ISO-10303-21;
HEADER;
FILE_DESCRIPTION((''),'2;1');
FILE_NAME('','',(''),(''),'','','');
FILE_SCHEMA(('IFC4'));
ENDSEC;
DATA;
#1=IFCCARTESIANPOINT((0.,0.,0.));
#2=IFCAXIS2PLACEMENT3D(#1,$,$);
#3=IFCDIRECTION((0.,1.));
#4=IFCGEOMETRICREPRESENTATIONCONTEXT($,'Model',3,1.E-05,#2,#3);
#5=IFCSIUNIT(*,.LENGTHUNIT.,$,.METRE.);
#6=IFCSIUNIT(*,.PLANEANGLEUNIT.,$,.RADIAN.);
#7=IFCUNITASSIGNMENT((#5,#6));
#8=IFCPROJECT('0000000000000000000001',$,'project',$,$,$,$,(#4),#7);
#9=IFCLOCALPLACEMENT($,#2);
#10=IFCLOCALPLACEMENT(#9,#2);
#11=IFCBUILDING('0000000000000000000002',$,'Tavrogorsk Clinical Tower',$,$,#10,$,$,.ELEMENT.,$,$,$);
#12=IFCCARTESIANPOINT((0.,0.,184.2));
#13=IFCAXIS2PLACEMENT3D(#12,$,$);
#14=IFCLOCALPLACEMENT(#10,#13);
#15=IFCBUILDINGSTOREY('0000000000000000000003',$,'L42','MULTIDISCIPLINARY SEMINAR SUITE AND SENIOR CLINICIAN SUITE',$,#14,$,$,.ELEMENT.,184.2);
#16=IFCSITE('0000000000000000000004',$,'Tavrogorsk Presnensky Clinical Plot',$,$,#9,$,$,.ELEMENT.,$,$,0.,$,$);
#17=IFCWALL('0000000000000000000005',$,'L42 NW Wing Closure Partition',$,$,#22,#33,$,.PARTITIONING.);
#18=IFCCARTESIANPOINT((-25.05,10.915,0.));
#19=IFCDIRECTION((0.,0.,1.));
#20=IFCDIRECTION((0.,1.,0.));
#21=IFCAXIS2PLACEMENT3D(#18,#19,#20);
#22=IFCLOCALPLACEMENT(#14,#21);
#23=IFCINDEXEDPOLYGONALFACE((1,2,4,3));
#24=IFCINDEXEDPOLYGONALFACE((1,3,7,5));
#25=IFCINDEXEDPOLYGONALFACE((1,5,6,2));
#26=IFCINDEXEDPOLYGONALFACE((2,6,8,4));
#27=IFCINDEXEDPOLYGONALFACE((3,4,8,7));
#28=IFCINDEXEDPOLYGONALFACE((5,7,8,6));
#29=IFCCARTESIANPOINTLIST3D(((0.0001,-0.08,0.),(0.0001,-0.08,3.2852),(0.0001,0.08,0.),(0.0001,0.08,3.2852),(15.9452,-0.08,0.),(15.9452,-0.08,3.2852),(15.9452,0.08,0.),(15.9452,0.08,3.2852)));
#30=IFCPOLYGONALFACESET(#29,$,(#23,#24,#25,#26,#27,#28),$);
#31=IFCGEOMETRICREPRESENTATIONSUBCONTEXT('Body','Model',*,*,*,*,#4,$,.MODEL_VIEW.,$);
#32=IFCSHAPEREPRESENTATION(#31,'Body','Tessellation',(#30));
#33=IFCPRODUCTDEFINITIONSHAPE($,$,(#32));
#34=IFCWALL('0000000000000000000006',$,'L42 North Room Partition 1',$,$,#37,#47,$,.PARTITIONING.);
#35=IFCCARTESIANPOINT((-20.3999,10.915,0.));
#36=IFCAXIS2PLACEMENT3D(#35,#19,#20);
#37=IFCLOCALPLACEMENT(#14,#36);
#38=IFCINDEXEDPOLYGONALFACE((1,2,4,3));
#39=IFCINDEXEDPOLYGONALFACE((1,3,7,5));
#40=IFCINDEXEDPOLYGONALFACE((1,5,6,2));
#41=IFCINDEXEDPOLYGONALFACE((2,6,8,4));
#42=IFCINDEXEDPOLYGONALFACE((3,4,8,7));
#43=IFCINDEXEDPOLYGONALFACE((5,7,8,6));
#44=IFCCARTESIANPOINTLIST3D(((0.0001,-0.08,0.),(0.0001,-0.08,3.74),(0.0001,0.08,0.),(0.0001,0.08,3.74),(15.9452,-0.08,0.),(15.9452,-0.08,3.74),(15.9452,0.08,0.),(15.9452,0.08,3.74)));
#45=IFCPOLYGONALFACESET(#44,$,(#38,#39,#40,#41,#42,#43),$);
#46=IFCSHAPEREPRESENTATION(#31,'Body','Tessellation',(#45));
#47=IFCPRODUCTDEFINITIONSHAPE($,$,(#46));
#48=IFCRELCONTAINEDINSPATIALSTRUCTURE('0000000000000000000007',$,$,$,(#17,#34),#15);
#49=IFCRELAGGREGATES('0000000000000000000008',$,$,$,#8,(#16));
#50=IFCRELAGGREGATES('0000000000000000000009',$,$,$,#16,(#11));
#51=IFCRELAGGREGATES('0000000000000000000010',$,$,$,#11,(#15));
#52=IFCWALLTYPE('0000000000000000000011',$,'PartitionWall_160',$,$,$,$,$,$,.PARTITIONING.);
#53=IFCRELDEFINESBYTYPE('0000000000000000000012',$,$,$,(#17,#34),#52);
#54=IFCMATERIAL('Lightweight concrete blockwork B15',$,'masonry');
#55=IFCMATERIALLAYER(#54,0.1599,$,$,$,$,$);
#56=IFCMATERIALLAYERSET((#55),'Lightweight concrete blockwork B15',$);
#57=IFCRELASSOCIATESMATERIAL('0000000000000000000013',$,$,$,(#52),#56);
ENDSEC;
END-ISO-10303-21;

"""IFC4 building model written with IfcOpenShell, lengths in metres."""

from ifc_helpers import new_model, si_unit, direction, frame, frame_2d, origin, place, context, subcontext, project, spatial, rectangle, extrude, material, layer, layer_set, type_object, element, save


model = new_model("IFC4")

# Units and contexts
model_context = context("Model", 3, precision=1e-05, world=origin(), true_north=direction((0.0, 1.0)))
body_context = subcontext(model_context, "Body", "Model", "MODEL_VIEW")
ifc_project = project(units=[si_unit("LENGTHUNIT", "METRE"), si_unit("PLANEANGLEUNIT", "RADIAN")], contexts=[model_context])

# Site, building, storey
site_placement = place(None, origin())
site = spatial("IfcSite", under=ifc_project, at=site_placement, Name="Tavrogorsk Presnensky Clinical Plot", CompositionType="ELEMENT", RefElevation=0.0)
building_placement = place(site_placement, origin())
building = spatial("IfcBuilding", under=site, at=building_placement, Name="Tavrogorsk Clinical Tower", CompositionType="ELEMENT")
storey_placement = place(building_placement, frame((0.0, 0.0, 184.2)))
storey = spatial("IfcBuildingStorey", under=building, at=storey_placement, Name="L42", Description="MULTIDISCIPLINARY SEMINAR SUITE AND SENIOR CLINICIAN SUITE", CompositionType="ELEMENT", Elevation=184.2)

# Shared definitions
ifc_material_1 = material(Name="Lightweight concrete blockwork B15", Category="masonry")
ifc_layer_1 = layer(ifc_material_1, 0.1599)
ifc_layer_set_1 = layer_set([ifc_layer_1], Name="Lightweight concrete blockwork B15")
wall_type_1 = type_object("IfcWallType", Name="PartitionWall_160", PredefinedType="PARTITIONING", material=ifc_layer_set_1)

# Walls
wall_1_placement = place(storey_placement, frame((-25.05, 10.915, 0.0), z_axis=(0.0, 0.0, 1.0), x_axis=(0.0, 1.0, 0.0)))
element("IfcWall", 1, at=wall_1_placement, inside=storey, type_object=wall_type_1, Name="L42 NW Wing Closure Partition", PredefinedType="PARTITIONING", context=body_context, shape_type="SweptSolid", body=[
    extrude(rectangle(XDim=15.9451, YDim=0.1599, at=frame_2d((7.9727, 0.0))), origin(), (0.0, 0.0, 1.0), 3.2852),
])
wall_2_placement = place(storey_placement, frame((-20.3999, 10.915, 0.0), z_axis=(0.0, 0.0, 1.0), x_axis=(0.0, 1.0, 0.0)))
element("IfcWall", 2, at=wall_2_placement, inside=storey, type_object=wall_type_1, Name="L42 North Room Partition 1", PredefinedType="PARTITIONING", context=body_context, shape_type="SweptSolid", body=[
    extrude(rectangle(XDim=15.9451, YDim=0.1599, at=frame_2d((7.9727, 0.0))), origin(), (0.0, 0.0, 1.0), 3.74),
])

save(model, "model.ifc")
